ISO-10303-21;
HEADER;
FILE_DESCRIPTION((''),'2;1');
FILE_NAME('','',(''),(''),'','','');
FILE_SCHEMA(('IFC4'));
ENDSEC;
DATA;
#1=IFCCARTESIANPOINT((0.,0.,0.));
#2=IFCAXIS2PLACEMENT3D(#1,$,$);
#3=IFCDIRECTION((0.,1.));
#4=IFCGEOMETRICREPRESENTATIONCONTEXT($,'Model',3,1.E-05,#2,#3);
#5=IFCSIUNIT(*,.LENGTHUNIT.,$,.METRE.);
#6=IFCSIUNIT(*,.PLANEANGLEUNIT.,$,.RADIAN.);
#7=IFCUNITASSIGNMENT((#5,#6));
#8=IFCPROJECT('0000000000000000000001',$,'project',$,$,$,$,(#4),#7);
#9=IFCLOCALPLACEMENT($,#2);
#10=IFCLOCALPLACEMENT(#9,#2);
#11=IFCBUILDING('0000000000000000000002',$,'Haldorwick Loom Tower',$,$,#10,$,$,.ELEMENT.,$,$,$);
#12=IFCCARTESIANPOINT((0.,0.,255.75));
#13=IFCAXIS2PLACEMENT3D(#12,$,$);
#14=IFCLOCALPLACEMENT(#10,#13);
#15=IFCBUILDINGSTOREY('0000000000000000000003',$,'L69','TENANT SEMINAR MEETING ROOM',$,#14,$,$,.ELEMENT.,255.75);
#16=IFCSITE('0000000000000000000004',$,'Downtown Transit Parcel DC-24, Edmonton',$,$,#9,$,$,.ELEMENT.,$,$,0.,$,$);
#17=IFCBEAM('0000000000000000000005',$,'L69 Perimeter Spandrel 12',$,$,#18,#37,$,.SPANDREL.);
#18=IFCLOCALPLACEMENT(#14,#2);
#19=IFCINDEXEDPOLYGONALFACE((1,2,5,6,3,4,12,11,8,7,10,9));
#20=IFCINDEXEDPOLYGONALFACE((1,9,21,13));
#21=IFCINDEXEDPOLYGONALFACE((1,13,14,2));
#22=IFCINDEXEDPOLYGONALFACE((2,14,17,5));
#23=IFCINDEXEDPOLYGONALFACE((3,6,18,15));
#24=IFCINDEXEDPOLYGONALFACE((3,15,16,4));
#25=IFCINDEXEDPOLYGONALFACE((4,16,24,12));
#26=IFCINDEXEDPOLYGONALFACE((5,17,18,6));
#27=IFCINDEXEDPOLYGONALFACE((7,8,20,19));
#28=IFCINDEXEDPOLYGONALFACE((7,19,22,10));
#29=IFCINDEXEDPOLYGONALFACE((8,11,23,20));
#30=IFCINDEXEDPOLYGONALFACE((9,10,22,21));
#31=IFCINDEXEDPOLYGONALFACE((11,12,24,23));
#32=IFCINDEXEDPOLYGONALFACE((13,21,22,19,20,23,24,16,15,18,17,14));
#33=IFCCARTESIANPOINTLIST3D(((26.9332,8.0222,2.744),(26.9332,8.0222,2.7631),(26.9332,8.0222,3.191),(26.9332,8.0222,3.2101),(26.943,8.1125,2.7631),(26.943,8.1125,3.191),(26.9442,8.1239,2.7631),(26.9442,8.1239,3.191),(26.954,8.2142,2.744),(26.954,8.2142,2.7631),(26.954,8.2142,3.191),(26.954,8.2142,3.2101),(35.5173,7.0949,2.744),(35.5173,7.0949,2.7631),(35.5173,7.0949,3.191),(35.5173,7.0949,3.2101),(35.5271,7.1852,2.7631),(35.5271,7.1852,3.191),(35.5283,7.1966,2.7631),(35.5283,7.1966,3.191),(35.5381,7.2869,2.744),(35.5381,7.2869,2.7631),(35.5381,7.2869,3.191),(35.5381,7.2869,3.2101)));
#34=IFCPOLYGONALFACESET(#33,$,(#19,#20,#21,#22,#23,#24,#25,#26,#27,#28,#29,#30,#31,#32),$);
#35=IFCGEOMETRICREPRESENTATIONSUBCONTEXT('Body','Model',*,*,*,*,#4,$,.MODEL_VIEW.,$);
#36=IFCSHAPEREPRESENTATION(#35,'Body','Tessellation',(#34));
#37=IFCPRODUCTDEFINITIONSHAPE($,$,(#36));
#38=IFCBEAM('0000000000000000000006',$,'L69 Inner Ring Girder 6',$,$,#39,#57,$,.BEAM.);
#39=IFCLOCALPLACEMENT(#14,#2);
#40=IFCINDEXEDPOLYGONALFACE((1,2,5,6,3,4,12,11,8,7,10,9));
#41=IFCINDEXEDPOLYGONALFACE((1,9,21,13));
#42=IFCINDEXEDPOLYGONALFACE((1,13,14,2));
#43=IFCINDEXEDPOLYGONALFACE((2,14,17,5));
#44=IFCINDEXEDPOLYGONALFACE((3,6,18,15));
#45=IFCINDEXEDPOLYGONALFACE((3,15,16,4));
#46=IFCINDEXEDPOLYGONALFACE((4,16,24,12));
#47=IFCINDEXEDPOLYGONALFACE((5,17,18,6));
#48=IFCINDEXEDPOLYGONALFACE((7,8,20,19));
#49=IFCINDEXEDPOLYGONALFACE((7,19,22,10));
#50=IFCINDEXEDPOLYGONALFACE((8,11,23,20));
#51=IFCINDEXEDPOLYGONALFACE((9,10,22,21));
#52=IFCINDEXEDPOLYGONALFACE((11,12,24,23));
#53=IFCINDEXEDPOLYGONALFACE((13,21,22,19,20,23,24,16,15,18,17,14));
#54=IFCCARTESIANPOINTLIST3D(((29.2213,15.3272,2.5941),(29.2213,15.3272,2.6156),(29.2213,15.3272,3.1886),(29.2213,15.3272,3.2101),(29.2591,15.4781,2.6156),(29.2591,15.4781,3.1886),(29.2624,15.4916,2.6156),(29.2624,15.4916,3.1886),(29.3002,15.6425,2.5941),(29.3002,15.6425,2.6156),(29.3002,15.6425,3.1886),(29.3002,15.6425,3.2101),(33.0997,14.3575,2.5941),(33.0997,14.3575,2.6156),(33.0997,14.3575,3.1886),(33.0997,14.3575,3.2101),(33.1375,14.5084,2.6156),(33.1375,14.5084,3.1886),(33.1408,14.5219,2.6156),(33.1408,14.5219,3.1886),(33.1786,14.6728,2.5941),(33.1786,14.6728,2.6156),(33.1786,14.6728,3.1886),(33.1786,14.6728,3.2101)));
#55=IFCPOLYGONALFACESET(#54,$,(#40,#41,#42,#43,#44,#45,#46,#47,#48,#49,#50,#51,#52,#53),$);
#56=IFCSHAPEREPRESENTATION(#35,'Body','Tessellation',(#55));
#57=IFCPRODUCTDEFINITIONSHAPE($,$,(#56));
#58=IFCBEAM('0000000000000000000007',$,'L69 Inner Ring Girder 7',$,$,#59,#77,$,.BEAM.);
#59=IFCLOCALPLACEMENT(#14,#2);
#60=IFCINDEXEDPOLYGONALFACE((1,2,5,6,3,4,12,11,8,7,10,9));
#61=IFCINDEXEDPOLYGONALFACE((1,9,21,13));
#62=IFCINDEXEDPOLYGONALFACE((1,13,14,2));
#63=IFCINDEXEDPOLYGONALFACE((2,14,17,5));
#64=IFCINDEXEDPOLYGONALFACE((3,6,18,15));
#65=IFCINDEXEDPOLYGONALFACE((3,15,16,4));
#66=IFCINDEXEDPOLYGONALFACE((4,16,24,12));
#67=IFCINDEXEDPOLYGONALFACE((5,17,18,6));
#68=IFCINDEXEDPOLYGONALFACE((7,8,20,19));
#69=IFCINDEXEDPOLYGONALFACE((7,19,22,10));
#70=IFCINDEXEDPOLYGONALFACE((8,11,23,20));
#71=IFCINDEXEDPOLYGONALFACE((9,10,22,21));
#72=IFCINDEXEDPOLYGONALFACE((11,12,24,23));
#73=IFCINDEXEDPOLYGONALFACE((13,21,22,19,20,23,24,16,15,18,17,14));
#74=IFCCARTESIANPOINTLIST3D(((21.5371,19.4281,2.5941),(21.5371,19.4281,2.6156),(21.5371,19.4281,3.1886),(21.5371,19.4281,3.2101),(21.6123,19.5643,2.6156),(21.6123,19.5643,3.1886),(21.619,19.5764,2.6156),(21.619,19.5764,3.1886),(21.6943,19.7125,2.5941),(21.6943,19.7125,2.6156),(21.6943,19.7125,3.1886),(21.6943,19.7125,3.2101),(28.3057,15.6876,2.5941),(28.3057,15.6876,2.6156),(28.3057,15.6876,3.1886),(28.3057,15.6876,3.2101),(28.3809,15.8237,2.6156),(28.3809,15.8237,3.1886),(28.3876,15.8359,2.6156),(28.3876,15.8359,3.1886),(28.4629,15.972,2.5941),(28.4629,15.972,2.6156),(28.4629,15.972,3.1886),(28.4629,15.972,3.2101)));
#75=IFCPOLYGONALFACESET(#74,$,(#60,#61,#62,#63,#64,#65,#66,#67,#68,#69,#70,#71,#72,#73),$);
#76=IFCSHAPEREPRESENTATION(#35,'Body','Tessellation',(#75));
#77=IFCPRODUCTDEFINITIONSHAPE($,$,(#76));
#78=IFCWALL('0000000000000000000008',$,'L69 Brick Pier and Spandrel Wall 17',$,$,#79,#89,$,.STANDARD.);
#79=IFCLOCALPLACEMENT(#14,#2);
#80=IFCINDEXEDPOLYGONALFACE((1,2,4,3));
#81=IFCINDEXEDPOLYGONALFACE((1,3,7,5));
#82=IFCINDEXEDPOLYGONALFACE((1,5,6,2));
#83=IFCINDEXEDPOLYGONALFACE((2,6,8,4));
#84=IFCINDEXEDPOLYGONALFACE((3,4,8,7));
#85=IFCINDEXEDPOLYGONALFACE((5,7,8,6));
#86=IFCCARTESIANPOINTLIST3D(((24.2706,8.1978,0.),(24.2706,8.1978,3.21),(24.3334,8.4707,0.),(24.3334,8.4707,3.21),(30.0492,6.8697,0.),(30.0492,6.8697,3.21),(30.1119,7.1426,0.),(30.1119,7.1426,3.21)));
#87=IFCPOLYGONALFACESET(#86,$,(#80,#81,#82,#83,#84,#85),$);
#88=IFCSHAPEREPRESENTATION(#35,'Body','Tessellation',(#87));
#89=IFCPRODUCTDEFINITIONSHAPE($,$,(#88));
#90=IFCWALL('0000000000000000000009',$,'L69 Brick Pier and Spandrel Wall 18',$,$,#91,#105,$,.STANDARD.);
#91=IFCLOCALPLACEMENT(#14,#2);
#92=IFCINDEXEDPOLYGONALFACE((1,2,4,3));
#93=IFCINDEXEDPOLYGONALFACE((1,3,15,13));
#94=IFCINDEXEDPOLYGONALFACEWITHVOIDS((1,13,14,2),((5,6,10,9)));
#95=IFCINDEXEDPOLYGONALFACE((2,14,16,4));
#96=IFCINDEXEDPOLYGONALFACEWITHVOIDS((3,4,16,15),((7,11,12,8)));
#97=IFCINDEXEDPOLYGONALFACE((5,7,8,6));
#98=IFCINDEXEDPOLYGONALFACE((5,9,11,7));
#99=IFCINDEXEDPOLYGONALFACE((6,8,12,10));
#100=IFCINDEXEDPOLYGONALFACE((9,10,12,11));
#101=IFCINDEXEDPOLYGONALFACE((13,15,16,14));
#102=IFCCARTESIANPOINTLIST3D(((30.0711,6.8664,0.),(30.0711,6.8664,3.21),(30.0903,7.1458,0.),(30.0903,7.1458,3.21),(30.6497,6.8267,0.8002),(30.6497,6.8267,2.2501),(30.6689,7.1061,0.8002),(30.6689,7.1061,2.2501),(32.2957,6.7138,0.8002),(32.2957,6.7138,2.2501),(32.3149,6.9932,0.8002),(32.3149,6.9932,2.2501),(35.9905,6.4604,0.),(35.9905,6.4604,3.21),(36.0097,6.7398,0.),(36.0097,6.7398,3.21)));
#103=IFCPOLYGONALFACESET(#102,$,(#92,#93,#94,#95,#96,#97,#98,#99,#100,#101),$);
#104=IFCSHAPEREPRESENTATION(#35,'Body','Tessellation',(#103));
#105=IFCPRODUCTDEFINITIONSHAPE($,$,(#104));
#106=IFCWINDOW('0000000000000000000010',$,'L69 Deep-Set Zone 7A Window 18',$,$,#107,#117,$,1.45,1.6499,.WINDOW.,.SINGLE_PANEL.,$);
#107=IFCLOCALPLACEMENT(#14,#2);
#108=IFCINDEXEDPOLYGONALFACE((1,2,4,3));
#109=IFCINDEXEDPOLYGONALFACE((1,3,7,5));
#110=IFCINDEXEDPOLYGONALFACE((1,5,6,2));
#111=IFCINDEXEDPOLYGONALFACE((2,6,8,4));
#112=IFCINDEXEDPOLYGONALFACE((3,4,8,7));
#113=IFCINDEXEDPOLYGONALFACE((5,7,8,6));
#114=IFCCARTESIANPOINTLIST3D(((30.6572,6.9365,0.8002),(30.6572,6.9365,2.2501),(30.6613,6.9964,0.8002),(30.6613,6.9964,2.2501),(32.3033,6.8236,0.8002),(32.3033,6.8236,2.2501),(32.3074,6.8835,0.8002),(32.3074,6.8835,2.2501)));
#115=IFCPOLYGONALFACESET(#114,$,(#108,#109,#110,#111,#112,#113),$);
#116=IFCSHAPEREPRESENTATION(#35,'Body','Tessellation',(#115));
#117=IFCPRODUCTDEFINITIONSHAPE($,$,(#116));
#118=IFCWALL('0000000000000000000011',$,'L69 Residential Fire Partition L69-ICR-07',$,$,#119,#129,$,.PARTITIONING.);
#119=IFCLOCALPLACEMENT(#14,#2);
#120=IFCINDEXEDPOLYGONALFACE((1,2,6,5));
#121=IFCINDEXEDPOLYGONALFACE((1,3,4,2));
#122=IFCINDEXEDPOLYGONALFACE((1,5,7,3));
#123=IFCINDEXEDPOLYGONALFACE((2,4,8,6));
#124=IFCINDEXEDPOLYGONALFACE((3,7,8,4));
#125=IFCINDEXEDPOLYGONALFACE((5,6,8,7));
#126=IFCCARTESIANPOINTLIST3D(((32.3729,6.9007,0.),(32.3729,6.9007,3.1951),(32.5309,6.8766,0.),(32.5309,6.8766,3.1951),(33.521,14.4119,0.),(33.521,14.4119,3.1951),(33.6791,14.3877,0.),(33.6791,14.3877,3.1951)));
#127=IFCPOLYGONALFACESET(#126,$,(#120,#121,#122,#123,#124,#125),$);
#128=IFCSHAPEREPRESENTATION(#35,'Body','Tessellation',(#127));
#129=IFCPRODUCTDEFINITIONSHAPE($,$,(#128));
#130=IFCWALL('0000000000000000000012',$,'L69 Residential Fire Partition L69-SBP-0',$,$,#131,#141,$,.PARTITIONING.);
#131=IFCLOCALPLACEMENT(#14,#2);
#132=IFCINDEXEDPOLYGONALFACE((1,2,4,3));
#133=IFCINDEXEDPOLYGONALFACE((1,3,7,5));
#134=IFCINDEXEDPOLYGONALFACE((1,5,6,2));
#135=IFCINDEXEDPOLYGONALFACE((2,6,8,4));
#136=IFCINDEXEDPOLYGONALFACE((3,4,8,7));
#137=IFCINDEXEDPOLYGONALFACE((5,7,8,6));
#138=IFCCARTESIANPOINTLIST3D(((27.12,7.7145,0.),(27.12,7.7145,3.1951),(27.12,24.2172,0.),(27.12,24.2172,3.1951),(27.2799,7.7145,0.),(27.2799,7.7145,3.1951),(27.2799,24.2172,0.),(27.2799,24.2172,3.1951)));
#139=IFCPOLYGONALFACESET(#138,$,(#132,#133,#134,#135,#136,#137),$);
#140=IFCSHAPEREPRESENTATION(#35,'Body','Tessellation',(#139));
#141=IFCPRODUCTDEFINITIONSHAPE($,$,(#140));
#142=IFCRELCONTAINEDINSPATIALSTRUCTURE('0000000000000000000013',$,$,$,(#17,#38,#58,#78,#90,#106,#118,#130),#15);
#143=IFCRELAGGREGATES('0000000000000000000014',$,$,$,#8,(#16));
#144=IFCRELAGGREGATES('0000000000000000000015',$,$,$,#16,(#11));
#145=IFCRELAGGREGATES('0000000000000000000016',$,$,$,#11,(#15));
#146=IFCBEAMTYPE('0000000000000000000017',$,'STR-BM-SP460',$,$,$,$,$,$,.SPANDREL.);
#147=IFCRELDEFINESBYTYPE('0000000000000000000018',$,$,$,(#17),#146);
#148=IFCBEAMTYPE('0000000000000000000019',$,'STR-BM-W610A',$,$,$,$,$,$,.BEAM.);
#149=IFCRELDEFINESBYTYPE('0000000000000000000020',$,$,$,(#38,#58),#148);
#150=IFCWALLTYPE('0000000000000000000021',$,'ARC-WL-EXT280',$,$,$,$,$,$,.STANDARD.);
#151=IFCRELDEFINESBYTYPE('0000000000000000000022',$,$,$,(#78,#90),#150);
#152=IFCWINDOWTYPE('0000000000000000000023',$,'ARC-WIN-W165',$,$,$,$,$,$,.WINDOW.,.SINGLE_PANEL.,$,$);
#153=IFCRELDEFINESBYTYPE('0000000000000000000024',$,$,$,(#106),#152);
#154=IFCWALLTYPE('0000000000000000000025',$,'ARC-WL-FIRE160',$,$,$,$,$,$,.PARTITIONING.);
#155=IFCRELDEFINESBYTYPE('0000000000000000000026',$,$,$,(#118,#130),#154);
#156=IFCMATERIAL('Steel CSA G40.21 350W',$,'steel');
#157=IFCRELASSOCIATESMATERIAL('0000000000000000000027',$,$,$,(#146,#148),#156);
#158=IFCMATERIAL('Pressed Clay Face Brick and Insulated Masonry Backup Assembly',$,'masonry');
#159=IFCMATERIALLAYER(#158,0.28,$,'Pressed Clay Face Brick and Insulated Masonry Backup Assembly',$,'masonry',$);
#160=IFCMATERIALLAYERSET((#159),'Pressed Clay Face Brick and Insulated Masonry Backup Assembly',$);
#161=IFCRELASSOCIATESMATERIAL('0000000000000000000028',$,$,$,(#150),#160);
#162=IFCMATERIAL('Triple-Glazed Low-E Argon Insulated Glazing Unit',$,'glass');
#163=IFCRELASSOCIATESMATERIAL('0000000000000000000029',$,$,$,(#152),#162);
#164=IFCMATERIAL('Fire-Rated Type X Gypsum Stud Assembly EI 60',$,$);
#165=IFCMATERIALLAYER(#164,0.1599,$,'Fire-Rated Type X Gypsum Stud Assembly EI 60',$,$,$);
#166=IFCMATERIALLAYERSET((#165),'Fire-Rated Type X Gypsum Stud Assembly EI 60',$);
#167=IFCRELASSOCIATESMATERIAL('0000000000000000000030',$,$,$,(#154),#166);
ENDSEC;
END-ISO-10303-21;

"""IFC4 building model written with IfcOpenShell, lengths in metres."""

from ifc_helpers import new_model, si_unit, direction, frame, frame_2d, origin, origin_2d, place, context, subcontext, project, spatial, rectangle, i_section, extrude, material, layer, layer_set, material_profile, profile_set, type_object, element, fill, save


model = new_model("IFC4")

# Units and contexts
model_context = context("Model", 3, precision=1e-05, world=origin(), true_north=direction((0.0, 1.0)))
body_context = subcontext(model_context, "Body", "Model", "MODEL_VIEW")
ifc_project = project(units=[si_unit("LENGTHUNIT", "METRE"), si_unit("PLANEANGLEUNIT", "RADIAN")], contexts=[model_context])

# Site, building, storey
site_placement = place(None, origin())
site = spatial("IfcSite", under=ifc_project, at=site_placement, Name="Downtown Transit Parcel DC-24, Edmonton", CompositionType="ELEMENT", RefElevation=0.0)
building_placement = place(site_placement, origin())
building = spatial("IfcBuilding", under=site, at=building_placement, Name="Haldorwick Loom Tower", CompositionType="ELEMENT")
storey_placement = place(building_placement, frame((0.0, 0.0, 255.75)))
storey = spatial("IfcBuildingStorey", under=building, at=storey_placement, Name="L69", Description="TENANT SEMINAR MEETING ROOM", CompositionType="ELEMENT", Elevation=255.75)

# Beams
ifc_material_1 = material(Name="Steel CSA G40.21 350W", Category="steel")
ifc_material_profile_1 = material_profile(ifc_material_1, i_section(OverallWidth=0.1931, OverallDepth=0.4661, WebThickness=0.0115, FlangeThickness=0.019, at=origin_2d()), Name="W460X97", Category="steel")
ifc_profile_set_1 = profile_set([ifc_material_profile_1], Name="Steel CSA G40.21 350W")
beam_type_1 = type_object("IfcBeamType", Name="STR-BM-SP460", PredefinedType="SPANDREL", material=ifc_profile_set_1)
beam_1_placement = place(storey_placement, frame((26.9436, 8.1182, 2.9771), z_axis=(0.994216, -0.107396, 0.0), x_axis=(0.107396, 0.994216, 0.0)))
element("IfcBeam", 1, at=beam_1_placement, inside=storey, type_object=beam_type_1, Name="L69 Perimeter Spandrel 12", PredefinedType="SPANDREL", context=body_context, shape_type="SweptSolid", body=[
    extrude(i_section(OverallWidth=0.1931, OverallDepth=0.4661, WebThickness=0.0115, FlangeThickness=0.019, at=origin_2d()), origin(), (0.0, 0.0, 1.0), 8.634),
])
ifc_material_profile_2 = material_profile(ifc_material_1, i_section(OverallWidth=0.325, OverallDepth=0.616, WebThickness=0.0139, FlangeThickness=0.0215, at=origin_2d()), Name="W610X174", Category="steel")
ifc_profile_set_2 = profile_set([ifc_material_profile_2], Name="Steel CSA G40.21 350W")
beam_type_2 = type_object("IfcBeamType", Name="STR-BM-W610A", PredefinedType="BEAM", material=ifc_profile_set_2)
beam_2_placement = place(storey_placement, frame((33.1392, 14.5151, 2.9021), z_axis=(-0.970135, 0.242564, 0.0), x_axis=(-0.242564, -0.970135, 0.0)))
element("IfcBeam", 2, at=beam_2_placement, inside=storey, type_object=beam_type_2, Name="L69 Inner Ring Girder 6", PredefinedType="BEAM", context=body_context, shape_type="SweptSolid", body=[
    extrude(i_section(OverallWidth=0.325, OverallDepth=0.616, WebThickness=0.0139, FlangeThickness=0.0215, at=origin_2d()), origin(), (0.0, 0.0, 1.0), 3.9978),
])
beam_3_placement = place(storey_placement, frame((28.3843, 15.8298, 2.9021), z_axis=(-0.875244, 0.483682, 0.0), x_axis=(-0.483682, -0.875244, 0.0)))
element("IfcBeam", 3, at=beam_3_placement, inside=storey, type_object=beam_type_2, Name="L69 Inner Ring Girder 7", PredefinedType="BEAM", context=body_context, shape_type="SweptSolid", body=[
    extrude(i_section(OverallWidth=0.325, OverallDepth=0.616, WebThickness=0.0139, FlangeThickness=0.0215, at=origin_2d()), origin(), (0.0, 0.0, 1.0), 7.7334),
])

# Wall
ifc_material_2 = material(Name="Pressed Clay Face Brick and Insulated Masonry Backup Assembly", Category="masonry")
ifc_layer_1 = layer(ifc_material_2, 0.28, Name="Pressed Clay Face Brick and Insulated Masonry Backup Assembly", Category="masonry")
ifc_layer_set_1 = layer_set([ifc_layer_1], Name="Pressed Clay Face Brick and Insulated Masonry Backup Assembly")
wall_type_1 = type_object("IfcWallType", Name="ARC-WL-EXT280", PredefinedType="STANDARD", material=ifc_layer_set_1)
wall_1_placement = place(storey_placement, frame((24.302, 8.3342, 0.0), z_axis=(0.0, 0.0, 1.0), x_axis=(0.97459, -0.223996, 0.0)))
element("IfcWall", 4, at=wall_1_placement, inside=storey, type_object=wall_type_1, Name="L69 Brick Pier and Spandrel Wall 17", PredefinedType="STANDARD", context=body_context, shape_type="SweptSolid", body=[
    extrude(rectangle(XDim=5.9292, YDim=0.28, at=frame_2d((2.9646, 0.0))), origin(), (0.0, 0.0, 1.0), 3.21),
])

# Wall, opening, window
wall_2_placement = place(storey_placement, frame((30.0806, 7.0061, 0.0), z_axis=(0.0, 0.0, 1.0), x_axis=(0.997656, -0.068428, 0.0)))
wall_2 = element("IfcWall", 5, at=wall_2_placement, inside=storey, type_object=wall_type_1, Name="L69 Brick Pier and Spandrel Wall 18", PredefinedType="STANDARD", context=body_context, shape_type="SweptSolid", body=[
    extrude(rectangle(XDim=5.9333, YDim=0.28, at=frame_2d((2.9668, 0.0))), origin(), (0.0, 0.0, 1.0), 3.21),
])
opening_placement = place(wall_2_placement, frame((0.5801, 0.0, 0.8)))
opening = element("IfcOpeningElement", 6, at=opening_placement, cuts=wall_2, PredefinedType="OPENING", context=body_context, shape_type="SweptSolid", body=[
    extrude(rectangle(XDim=1.6499, YDim=1.45, at=frame_2d((0.825, 0.7251))), frame((0.0, 0.1499, 0.0), z_axis=(0.0, -1.0, 0.0), x_axis=(1.0, 0.0, 0.0)), (0.0, 0.0, 1.0), 0.3),
])
ifc_material_3 = material(Name="Triple-Glazed Low-E Argon Insulated Glazing Unit", Category="glass")
window_type = type_object("IfcWindowType", Name="ARC-WIN-W165", PartitioningType="SINGLE_PANEL", PredefinedType="WINDOW", material=ifc_material_3)
window_placement = place(opening_placement, origin())
window = element("IfcWindow", 7, at=window_placement, inside=storey, type_object=window_type, Name="L69 Deep-Set Zone 7A Window 18", OverallHeight=1.45, OverallWidth=1.6499, PartitioningType="SINGLE_PANEL", PredefinedType="WINDOW", context=body_context, shape_type="SweptSolid", body=[
    extrude(rectangle(XDim=1.6499, YDim=1.45, at=frame_2d((0.825, 0.7251))), frame((0.0, 0.03, 0.0), z_axis=(0.0, -1.0, 0.0), x_axis=(1.0, 0.0, 0.0)), (0.0, 0.0, 1.0), 0.0601),
])
fill(opening, window)

# Walls
ifc_material_4 = material(Name="Fire-Rated Type X Gypsum Stud Assembly EI 60")
ifc_layer_2 = layer(ifc_material_4, 0.1599, Name="Fire-Rated Type X Gypsum Stud Assembly EI 60")
ifc_layer_set_2 = layer_set([ifc_layer_2], Name="Fire-Rated Type X Gypsum Stud Assembly EI 60")
wall_type_2 = type_object("IfcWallType", Name="ARC-WL-FIRE160", PredefinedType="PARTITIONING", material=ifc_layer_set_2)
wall_3_placement = place(storey_placement, frame((33.6001, 14.3999, 0.0), z_axis=(0.0, 0.0, 1.0), x_axis=(-0.151108, -0.988517, 0.0)))
element("IfcWall", 8, at=wall_3_placement, inside=storey, type_object=wall_type_2, Name="L69 Residential Fire Partition L69-ICR-07", PredefinedType="PARTITIONING", context=body_context, shape_type="SweptSolid", body=[
    extrude(rectangle(XDim=7.5984, YDim=0.1599, at=frame_2d((3.7993, 0.0))), origin(), (0.0, 0.0, 1.0), 3.1951),
])
wall_4_placement = place(storey_placement, frame((27.2, 7.7144, 0.0), z_axis=(0.0, 0.0, 1.0), x_axis=(0.0, 1.0, 0.0)))
element("IfcWall", 9, at=wall_4_placement, inside=storey, type_object=wall_type_2, Name="L69 Residential Fire Partition L69-SBP-0", PredefinedType="PARTITIONING", context=body_context, shape_type="SweptSolid", body=[
    extrude(rectangle(XDim=16.5027, YDim=0.1599, at=frame_2d((8.2515, 0.0))), origin(), (0.0, 0.0, 1.0), 3.1951),
])

save(model, "model.ifc")
